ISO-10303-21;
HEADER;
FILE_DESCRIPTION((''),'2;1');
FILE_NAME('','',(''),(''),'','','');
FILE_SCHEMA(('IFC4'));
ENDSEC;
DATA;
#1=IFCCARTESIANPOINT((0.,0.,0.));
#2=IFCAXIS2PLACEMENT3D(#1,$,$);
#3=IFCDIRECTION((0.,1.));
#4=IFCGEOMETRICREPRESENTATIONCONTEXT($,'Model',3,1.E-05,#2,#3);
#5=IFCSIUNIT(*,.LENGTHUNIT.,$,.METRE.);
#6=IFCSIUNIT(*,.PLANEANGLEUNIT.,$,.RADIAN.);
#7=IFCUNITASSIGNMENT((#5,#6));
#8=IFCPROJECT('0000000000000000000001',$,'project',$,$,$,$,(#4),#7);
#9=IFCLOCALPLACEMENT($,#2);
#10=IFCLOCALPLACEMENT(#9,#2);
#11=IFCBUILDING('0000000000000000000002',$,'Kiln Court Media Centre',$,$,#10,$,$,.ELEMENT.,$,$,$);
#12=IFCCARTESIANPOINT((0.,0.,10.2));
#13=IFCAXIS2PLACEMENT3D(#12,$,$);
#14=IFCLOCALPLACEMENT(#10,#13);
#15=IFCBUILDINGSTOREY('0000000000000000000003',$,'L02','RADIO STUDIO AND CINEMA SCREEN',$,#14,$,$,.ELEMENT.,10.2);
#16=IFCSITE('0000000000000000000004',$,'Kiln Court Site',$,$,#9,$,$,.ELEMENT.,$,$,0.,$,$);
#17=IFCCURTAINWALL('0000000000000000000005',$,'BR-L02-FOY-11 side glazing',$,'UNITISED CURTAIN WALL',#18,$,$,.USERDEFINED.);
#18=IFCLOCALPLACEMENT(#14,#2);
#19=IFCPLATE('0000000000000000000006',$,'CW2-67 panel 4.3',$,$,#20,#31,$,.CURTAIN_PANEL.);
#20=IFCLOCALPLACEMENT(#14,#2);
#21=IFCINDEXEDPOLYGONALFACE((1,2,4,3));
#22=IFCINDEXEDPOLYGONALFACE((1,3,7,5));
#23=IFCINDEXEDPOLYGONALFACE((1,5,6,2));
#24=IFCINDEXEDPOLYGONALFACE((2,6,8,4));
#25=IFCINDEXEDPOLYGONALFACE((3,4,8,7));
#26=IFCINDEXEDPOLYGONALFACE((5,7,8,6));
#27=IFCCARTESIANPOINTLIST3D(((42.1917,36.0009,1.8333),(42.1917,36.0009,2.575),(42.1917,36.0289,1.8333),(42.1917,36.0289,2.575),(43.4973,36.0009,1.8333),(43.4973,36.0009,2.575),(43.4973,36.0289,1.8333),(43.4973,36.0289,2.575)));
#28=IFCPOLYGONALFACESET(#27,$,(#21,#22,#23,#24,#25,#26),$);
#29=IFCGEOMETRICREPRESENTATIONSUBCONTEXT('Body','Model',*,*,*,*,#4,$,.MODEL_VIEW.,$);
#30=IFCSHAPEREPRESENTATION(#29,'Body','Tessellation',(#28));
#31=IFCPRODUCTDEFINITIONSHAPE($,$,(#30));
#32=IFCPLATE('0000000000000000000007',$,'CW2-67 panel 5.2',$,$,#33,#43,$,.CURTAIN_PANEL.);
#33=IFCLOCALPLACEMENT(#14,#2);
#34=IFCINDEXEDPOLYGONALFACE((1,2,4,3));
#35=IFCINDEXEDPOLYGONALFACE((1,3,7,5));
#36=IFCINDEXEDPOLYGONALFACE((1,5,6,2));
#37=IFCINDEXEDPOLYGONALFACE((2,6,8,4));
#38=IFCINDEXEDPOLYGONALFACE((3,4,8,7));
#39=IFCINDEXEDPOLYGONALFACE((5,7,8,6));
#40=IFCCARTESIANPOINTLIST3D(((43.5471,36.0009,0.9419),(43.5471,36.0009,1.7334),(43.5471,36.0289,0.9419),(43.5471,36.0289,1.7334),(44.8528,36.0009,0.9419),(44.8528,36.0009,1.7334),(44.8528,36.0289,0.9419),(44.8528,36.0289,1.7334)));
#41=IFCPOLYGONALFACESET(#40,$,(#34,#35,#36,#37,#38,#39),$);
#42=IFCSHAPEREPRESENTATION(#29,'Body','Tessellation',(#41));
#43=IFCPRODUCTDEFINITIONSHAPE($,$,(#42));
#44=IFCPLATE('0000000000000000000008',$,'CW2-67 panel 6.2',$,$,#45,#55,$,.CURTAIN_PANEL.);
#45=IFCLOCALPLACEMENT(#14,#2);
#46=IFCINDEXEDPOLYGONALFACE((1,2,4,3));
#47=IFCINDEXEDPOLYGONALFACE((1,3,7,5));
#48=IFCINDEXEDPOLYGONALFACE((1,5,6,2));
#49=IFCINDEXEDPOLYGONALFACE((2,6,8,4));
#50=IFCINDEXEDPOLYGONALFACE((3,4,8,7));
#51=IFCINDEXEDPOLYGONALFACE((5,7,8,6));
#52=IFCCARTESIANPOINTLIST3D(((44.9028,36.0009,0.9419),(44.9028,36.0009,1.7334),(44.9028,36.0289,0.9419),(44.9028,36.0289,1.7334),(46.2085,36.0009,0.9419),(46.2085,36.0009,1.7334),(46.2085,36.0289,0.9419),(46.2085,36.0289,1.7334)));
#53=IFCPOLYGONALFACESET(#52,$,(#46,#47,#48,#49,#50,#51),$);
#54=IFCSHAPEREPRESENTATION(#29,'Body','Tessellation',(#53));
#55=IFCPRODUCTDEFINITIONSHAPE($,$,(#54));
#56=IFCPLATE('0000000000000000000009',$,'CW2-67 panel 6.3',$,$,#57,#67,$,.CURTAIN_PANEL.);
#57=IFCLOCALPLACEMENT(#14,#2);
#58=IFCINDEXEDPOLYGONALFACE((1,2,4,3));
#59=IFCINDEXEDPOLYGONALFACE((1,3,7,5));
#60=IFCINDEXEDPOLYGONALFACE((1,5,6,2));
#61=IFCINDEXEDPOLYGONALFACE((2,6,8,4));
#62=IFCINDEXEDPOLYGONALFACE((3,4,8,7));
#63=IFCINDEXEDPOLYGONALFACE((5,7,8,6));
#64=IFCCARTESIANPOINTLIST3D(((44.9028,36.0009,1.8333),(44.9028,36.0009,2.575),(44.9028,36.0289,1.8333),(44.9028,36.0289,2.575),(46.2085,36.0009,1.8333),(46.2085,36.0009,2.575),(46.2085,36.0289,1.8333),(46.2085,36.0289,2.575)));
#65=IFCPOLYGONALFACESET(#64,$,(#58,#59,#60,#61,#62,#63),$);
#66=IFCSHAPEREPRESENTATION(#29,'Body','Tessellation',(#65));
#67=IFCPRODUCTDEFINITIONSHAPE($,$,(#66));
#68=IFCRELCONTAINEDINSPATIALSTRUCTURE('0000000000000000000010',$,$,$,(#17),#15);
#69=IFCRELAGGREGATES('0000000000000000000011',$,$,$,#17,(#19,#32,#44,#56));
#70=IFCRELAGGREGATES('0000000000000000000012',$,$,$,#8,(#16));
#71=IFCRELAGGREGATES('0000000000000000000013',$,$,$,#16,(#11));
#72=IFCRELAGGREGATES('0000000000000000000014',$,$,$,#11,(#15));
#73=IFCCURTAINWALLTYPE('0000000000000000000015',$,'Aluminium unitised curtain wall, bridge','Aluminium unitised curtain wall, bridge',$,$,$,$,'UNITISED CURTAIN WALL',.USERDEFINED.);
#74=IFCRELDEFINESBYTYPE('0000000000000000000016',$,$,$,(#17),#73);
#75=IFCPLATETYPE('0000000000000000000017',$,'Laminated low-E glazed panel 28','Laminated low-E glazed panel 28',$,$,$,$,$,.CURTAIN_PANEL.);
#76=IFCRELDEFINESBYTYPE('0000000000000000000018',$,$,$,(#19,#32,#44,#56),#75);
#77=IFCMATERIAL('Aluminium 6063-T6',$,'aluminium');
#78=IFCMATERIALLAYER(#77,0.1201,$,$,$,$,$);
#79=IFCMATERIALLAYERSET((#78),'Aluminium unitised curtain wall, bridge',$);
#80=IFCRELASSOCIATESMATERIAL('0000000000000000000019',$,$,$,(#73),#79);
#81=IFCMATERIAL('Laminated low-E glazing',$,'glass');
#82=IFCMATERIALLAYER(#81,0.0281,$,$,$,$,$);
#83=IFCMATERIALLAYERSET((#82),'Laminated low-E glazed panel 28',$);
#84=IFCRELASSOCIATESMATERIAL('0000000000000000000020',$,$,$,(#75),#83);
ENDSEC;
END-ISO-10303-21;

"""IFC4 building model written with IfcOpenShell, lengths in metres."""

from ifc_helpers import new_model, si_unit, direction, frame, origin, origin_2d, place, context, subcontext, project, spatial, rectangle, extrude, material, layer, layer_set, type_object, element, aggregate, save


model = new_model("IFC4")

# Units and contexts
model_context = context("Model", 3, precision=1e-05, world=origin(), true_north=direction((0.0, 1.0)))
body_context = subcontext(model_context, "Body", "Model", "MODEL_VIEW")
ifc_project = project(units=[si_unit("LENGTHUNIT", "METRE"), si_unit("PLANEANGLEUNIT", "RADIAN")], contexts=[model_context])

# Site, building, storey
site_placement = place(None, origin())
site = spatial("IfcSite", under=ifc_project, at=site_placement, Name="Kiln Court Site", CompositionType="ELEMENT", RefElevation=0.0)
building_placement = place(site_placement, origin())
building = spatial("IfcBuilding", under=site, at=building_placement, Name="Kiln Court Media Centre", CompositionType="ELEMENT")
storey_placement = place(building_placement, frame((0.0, 0.0, 10.2)))
storey = spatial("IfcBuildingStorey", under=building, at=storey_placement, Name="L02", Description="RADIO STUDIO AND CINEMA SCREEN", CompositionType="ELEMENT", Elevation=10.2)

# Curtain wall, plates
ifc_material_1 = material(Name="Aluminium 6063-T6", Category="aluminium")
ifc_layer_1 = layer(ifc_material_1, 0.1201)
ifc_layer_set_1 = layer_set([ifc_layer_1], Name="Aluminium unitised curtain wall, bridge")
curtain_wall_type = type_object("IfcCurtainWallType", Name="Aluminium unitised curtain wall, bridge", Description="Aluminium unitised curtain wall, bridge", ElementType="UNITISED CURTAIN WALL", PredefinedType="USERDEFINED", material=ifc_layer_set_1)
curtain_wall_placement = place(storey_placement, origin())
curtain_wall = element("IfcCurtainWall", 1, at=curtain_wall_placement, inside=storey, type_object=curtain_wall_type, Name="BR-L02-FOY-11 side glazing", ObjectType="UNITISED CURTAIN WALL", PredefinedType="USERDEFINED")
ifc_material_2 = material(Name="Laminated low-E glazing", Category="glass")
ifc_layer_2 = layer(ifc_material_2, 0.0281)
ifc_layer_set_2 = layer_set([ifc_layer_2], Name="Laminated low-E glazed panel 28")
plate_type_1 = type_object("IfcPlateType", Name="Laminated low-E glazed panel 28", Description="Laminated low-E glazed panel 28", PredefinedType="CURTAIN_PANEL", material=ifc_layer_set_2)
plate_1_placement = place(storey_placement, frame((42.8445, 36.0149, 1.8333), z_axis=(0.0, 0.0, 1.0), x_axis=(1.0, 0.0, 0.0)))
plate_1 = element("IfcPlate", 2, at=plate_1_placement, type_object=plate_type_1, Name="CW2-67 panel 4.3", PredefinedType="CURTAIN_PANEL", context=body_context, shape_type="SweptSolid", body=[
    extrude(rectangle(XDim=1.3057, YDim=0.0281, at=origin_2d()), origin(), (0.0, 0.0, 1.0), 0.7417),
])
plate_2_placement = place(storey_placement, frame((44.2, 36.0149, 0.9419), z_axis=(0.0, 0.0, 1.0), x_axis=(1.0, 0.0, 0.0)))
plate_2 = element("IfcPlate", 3, at=plate_2_placement, type_object=plate_type_1, Name="CW2-67 panel 5.2", PredefinedType="CURTAIN_PANEL", context=body_context, shape_type="SweptSolid", body=[
    extrude(rectangle(XDim=1.3057, YDim=0.0281, at=origin_2d()), origin(), (0.0, 0.0, 1.0), 0.7915),
])
plate_3_placement = place(storey_placement, frame((45.5557, 36.0149, 0.9419), z_axis=(0.0, 0.0, 1.0), x_axis=(1.0, 0.0, 0.0)))
plate_3 = element("IfcPlate", 4, at=plate_3_placement, type_object=plate_type_1, Name="CW2-67 panel 6.2", PredefinedType="CURTAIN_PANEL", context=body_context, shape_type="SweptSolid", body=[
    extrude(rectangle(XDim=1.3057, YDim=0.0281, at=origin_2d()), origin(), (0.0, 0.0, 1.0), 0.7915),
])
plate_4_placement = place(storey_placement, frame((45.5557, 36.0149, 1.8333), z_axis=(0.0, 0.0, 1.0), x_axis=(1.0, 0.0, 0.0)))
plate_4 = element("IfcPlate", 5, at=plate_4_placement, type_object=plate_type_1, Name="CW2-67 panel 6.3", PredefinedType="CURTAIN_PANEL", context=body_context, shape_type="SweptSolid", body=[
    extrude(rectangle(XDim=1.3057, YDim=0.0281, at=origin_2d()), origin(), (0.0, 0.0, 1.0), 0.7417),
])
aggregate(curtain_wall, [plate_1, plate_2, plate_3, plate_4])

save(model, "model.ifc")
